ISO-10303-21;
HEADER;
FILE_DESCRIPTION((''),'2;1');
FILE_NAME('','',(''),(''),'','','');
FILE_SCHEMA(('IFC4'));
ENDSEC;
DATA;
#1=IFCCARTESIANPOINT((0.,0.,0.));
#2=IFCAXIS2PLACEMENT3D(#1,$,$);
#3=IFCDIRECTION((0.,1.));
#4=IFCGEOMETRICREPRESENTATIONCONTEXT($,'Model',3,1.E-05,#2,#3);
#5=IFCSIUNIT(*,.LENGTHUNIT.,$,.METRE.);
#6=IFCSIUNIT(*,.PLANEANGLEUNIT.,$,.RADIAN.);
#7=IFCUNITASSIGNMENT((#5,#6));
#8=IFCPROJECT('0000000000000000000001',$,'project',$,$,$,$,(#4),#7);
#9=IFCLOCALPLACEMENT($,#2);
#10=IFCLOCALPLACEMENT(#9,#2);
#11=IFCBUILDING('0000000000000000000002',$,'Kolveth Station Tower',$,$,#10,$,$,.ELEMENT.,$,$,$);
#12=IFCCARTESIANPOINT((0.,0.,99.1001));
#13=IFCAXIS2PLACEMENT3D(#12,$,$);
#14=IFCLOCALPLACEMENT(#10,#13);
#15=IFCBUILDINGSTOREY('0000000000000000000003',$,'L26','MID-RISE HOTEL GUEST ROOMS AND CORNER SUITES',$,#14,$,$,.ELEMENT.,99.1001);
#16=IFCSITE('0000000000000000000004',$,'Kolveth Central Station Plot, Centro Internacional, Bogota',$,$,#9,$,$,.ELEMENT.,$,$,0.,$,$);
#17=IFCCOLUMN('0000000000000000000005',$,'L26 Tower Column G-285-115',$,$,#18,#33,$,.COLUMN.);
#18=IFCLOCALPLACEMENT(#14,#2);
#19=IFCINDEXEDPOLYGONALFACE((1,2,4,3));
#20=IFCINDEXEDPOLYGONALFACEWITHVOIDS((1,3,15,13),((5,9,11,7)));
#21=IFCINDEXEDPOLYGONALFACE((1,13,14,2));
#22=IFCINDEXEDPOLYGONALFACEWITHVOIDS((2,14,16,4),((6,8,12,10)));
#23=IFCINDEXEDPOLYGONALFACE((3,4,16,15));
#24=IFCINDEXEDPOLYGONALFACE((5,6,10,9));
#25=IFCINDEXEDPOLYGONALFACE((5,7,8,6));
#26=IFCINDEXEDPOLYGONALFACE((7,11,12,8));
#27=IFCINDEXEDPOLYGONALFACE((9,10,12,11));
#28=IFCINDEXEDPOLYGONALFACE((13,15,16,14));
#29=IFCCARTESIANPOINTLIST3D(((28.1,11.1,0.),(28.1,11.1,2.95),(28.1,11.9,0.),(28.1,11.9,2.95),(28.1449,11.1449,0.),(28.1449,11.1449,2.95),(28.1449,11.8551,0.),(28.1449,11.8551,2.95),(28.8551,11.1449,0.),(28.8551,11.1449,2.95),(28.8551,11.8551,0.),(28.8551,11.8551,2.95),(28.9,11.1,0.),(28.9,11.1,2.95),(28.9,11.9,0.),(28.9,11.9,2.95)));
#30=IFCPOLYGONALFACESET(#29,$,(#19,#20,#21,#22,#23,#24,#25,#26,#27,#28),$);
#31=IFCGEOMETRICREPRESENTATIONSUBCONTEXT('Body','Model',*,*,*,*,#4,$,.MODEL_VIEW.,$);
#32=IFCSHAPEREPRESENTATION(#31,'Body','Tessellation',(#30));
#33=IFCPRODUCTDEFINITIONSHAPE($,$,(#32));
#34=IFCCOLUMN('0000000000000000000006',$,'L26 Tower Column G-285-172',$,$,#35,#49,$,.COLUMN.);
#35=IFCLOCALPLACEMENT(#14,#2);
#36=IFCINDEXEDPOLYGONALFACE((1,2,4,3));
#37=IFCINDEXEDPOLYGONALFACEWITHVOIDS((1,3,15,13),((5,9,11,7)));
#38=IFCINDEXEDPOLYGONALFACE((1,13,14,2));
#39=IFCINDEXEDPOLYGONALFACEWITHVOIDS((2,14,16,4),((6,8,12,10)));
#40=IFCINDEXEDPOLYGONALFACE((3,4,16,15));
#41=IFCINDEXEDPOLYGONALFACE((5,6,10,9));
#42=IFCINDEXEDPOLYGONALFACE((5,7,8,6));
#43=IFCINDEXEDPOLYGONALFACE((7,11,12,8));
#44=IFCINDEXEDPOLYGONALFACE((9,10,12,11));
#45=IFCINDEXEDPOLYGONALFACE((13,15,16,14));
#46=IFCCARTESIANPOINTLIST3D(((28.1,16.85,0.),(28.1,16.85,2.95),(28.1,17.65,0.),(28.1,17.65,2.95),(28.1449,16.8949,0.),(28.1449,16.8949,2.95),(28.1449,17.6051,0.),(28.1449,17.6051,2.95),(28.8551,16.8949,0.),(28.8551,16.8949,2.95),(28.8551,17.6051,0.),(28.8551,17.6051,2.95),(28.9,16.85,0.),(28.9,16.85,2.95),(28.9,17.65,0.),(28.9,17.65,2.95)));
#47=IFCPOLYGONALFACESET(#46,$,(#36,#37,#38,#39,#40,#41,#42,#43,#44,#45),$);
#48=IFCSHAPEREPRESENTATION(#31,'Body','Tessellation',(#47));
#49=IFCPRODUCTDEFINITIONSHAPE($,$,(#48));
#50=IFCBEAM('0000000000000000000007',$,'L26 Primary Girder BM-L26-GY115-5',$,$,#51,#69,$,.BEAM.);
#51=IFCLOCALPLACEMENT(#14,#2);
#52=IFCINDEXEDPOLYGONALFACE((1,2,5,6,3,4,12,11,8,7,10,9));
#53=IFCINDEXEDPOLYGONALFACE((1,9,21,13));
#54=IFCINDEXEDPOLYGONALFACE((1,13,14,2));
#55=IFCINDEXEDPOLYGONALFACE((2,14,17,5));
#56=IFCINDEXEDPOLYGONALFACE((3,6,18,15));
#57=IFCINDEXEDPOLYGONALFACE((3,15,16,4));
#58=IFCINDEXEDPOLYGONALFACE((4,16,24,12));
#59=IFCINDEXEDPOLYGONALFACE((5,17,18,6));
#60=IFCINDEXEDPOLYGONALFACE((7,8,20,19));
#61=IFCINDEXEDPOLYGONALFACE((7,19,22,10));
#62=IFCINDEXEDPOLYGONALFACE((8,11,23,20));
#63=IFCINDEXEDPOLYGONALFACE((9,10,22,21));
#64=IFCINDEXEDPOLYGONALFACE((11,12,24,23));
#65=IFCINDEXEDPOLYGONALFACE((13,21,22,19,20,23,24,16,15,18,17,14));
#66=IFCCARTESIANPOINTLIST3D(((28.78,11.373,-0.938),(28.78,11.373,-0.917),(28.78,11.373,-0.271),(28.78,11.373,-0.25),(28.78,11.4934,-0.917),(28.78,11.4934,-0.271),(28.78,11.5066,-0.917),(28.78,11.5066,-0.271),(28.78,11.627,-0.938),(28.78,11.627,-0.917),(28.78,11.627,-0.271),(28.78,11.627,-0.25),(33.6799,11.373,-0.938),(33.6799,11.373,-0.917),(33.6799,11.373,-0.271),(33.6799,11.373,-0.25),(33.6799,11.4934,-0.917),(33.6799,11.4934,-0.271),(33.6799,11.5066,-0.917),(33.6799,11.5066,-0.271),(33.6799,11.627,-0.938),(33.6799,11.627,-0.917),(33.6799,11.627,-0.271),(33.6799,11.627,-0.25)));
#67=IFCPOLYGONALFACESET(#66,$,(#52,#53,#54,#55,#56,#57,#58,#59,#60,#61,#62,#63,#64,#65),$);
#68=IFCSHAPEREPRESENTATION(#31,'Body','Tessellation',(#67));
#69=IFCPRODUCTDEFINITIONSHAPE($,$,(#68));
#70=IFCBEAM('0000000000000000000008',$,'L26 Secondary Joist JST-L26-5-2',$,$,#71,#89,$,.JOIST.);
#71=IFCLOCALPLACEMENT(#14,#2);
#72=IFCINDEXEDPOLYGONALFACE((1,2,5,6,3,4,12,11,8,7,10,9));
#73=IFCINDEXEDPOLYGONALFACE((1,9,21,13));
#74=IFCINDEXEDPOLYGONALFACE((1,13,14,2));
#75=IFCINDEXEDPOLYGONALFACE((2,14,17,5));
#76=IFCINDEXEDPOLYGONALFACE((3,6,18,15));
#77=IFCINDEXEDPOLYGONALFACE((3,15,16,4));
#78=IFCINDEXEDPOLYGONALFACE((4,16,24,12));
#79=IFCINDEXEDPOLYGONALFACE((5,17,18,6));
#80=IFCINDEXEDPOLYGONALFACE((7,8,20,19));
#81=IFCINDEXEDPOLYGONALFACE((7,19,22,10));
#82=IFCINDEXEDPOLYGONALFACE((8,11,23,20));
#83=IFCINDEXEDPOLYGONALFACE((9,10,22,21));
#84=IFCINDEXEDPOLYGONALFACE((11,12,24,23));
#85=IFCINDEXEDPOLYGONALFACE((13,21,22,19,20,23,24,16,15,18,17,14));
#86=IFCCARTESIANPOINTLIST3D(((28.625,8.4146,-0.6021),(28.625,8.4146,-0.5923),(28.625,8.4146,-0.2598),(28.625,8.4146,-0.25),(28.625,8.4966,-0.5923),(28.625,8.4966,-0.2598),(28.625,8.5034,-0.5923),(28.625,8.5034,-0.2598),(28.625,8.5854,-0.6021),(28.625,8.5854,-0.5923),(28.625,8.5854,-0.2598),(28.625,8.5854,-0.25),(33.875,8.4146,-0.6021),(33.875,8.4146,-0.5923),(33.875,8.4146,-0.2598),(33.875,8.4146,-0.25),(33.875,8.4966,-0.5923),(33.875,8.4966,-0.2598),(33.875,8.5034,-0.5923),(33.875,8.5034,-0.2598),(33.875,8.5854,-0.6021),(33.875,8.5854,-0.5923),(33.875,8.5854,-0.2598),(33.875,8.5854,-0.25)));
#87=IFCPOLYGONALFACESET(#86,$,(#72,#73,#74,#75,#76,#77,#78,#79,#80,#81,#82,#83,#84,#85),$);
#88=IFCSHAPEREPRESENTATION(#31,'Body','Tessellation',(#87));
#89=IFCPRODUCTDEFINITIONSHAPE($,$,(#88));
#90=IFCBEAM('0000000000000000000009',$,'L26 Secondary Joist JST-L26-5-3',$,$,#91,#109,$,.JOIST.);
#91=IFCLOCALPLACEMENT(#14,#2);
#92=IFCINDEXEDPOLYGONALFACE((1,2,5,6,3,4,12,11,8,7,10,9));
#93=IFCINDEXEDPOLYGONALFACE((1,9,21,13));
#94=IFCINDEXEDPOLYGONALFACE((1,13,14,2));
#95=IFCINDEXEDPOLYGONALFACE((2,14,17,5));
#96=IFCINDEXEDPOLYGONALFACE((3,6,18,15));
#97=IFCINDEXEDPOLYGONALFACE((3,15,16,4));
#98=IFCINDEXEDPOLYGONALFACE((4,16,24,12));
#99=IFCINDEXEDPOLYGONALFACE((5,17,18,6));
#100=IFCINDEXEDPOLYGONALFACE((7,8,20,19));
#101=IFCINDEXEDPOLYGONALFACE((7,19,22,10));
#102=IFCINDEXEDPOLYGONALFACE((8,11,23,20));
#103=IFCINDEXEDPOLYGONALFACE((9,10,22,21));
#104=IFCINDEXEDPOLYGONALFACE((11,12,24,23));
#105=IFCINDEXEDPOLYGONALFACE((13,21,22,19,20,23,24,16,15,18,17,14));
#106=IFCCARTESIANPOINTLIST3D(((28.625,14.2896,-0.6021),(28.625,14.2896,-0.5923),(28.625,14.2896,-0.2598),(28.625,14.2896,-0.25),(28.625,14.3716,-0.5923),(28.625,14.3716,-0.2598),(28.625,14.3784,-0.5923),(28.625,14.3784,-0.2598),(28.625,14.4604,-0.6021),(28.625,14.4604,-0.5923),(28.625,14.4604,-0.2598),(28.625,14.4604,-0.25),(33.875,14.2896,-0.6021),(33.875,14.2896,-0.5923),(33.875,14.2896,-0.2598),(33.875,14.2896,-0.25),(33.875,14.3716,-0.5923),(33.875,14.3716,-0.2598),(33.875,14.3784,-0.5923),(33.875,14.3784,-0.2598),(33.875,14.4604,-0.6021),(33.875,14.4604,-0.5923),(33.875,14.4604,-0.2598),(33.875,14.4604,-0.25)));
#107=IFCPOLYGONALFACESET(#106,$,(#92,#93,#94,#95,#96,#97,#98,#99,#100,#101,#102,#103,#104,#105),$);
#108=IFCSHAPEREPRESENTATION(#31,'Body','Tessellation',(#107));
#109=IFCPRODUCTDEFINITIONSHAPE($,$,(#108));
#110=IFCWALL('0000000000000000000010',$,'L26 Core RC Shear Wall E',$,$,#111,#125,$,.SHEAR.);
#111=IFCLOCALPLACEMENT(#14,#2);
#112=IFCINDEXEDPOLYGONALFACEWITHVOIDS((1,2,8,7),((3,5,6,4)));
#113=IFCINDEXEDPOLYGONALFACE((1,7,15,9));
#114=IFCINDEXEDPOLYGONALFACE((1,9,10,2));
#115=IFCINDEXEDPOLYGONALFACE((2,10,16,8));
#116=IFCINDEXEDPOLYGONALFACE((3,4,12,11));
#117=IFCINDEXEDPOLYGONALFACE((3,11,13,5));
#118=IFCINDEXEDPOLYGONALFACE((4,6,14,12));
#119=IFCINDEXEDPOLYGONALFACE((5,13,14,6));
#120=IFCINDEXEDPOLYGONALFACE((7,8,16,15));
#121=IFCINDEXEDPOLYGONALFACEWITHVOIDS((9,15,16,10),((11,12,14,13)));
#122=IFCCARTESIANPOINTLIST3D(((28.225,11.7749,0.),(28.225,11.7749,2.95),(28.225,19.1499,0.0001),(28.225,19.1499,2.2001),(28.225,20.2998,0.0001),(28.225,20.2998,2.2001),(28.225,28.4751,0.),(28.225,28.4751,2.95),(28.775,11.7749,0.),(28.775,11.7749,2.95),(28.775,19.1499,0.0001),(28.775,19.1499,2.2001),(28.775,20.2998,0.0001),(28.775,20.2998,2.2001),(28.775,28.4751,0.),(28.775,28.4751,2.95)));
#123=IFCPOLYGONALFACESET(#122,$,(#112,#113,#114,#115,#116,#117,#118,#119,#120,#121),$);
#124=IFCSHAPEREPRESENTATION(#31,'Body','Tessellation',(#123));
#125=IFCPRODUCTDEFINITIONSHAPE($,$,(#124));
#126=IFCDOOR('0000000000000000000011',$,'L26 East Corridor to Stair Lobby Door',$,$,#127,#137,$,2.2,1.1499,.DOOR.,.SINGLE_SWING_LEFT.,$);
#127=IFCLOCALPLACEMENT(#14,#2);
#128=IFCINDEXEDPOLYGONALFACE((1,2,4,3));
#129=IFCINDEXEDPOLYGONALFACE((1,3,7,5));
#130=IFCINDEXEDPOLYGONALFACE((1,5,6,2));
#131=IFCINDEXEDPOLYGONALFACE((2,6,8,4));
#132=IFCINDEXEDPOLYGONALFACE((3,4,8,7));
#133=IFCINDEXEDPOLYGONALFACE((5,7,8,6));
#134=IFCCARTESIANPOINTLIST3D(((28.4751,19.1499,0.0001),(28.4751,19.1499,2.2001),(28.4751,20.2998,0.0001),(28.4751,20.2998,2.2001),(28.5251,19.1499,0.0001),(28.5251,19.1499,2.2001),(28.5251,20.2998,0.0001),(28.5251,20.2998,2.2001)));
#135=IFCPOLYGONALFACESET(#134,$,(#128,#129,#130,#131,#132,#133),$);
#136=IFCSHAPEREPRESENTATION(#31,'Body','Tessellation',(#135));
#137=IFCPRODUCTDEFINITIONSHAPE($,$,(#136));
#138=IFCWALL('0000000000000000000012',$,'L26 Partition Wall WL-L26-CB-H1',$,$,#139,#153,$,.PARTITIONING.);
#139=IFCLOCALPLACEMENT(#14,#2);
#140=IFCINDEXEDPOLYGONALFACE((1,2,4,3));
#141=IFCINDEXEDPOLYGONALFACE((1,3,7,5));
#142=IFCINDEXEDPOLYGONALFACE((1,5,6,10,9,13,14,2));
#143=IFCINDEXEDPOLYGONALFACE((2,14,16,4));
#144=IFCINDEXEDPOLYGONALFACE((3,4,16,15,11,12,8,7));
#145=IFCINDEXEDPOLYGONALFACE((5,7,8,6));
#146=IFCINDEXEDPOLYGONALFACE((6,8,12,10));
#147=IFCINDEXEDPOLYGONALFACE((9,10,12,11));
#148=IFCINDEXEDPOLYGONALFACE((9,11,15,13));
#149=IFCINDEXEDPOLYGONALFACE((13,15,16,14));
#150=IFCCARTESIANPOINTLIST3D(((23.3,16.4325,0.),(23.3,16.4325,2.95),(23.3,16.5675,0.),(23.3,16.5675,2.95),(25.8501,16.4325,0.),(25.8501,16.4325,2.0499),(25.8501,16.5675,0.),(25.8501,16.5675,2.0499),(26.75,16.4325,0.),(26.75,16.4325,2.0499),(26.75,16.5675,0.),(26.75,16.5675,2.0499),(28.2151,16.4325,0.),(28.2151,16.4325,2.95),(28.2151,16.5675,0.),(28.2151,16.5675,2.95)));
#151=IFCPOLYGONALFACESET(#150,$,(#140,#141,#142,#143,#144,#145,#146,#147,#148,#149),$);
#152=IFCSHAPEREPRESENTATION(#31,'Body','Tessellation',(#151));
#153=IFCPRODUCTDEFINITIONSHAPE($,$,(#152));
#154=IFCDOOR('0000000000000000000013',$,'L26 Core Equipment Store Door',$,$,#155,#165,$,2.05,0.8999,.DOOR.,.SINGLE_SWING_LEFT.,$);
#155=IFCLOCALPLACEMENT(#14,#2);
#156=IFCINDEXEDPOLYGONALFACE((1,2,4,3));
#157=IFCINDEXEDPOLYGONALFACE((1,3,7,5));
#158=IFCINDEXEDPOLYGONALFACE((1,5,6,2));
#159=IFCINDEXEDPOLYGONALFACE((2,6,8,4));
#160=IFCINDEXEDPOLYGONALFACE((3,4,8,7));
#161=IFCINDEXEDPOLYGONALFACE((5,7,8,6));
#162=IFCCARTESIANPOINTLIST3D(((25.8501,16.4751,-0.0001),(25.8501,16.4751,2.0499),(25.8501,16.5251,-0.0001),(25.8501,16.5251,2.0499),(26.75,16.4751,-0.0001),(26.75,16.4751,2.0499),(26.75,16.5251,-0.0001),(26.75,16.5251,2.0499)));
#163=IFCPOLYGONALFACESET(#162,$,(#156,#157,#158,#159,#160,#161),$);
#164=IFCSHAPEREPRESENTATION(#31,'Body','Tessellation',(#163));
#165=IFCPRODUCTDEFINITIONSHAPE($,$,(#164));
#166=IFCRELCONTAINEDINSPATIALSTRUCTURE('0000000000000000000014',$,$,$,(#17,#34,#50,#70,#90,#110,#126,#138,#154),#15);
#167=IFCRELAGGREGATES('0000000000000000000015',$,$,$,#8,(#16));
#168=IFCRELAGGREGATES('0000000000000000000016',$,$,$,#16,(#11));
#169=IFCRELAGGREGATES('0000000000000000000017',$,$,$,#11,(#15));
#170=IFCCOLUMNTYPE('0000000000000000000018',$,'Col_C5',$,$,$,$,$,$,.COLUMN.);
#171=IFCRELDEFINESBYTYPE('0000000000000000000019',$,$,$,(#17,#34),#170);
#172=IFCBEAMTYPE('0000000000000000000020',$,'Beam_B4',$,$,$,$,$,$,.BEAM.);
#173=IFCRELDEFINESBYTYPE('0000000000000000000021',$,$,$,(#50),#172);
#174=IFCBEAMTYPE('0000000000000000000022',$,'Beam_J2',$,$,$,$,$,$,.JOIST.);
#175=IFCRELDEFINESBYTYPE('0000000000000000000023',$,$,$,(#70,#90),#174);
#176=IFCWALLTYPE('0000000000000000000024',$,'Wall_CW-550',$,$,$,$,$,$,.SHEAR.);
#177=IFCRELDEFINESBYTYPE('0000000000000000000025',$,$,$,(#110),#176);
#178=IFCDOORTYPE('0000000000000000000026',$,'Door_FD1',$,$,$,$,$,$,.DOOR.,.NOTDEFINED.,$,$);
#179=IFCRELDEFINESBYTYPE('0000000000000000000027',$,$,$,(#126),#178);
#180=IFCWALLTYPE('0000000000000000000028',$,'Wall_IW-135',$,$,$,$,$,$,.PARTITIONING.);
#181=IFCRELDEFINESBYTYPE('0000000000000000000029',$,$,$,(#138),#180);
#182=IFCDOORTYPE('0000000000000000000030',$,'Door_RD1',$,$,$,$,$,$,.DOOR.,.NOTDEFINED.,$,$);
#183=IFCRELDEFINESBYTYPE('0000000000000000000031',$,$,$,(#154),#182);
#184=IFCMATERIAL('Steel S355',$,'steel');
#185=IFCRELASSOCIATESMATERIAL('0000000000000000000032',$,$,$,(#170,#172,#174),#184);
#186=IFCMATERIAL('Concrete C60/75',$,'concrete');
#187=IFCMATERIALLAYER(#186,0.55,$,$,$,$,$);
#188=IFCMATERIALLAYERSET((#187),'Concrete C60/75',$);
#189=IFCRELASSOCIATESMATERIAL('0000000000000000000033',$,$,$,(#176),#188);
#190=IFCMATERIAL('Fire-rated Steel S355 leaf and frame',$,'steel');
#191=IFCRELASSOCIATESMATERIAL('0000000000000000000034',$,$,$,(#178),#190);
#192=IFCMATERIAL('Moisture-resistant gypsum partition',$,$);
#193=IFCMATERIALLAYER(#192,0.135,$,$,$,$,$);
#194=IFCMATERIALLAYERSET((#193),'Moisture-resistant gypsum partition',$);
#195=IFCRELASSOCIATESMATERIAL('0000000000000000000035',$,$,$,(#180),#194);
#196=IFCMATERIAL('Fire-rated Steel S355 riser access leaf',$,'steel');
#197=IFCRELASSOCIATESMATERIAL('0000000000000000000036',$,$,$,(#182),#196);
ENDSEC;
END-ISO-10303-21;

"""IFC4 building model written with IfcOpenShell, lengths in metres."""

from ifc_helpers import new_model, si_unit, direction, frame, frame_2d, origin, origin_2d, place, context, subcontext, project, spatial, rectangle, hollow_rectangle, i_section, extrude, source, transform, mapped, material, layer, layer_set, material_profile, profile_set, type_object, element, fill, save


model = new_model("IFC4")

# Units and contexts
model_context = context("Model", 3, precision=1e-05, world=origin(), true_north=direction((0.0, 1.0)))
body_context = subcontext(model_context, "Body", "Model", "MODEL_VIEW")
ifc_project = project(units=[si_unit("LENGTHUNIT", "METRE"), si_unit("PLANEANGLEUNIT", "RADIAN")], contexts=[model_context])

# Site, building, storey
site_placement = place(None, origin())
site = spatial("IfcSite", under=ifc_project, at=site_placement, Name="Kolveth Central Station Plot, Centro Internacional, Bogota", CompositionType="ELEMENT", RefElevation=0.0)
building_placement = place(site_placement, origin())
building = spatial("IfcBuilding", under=site, at=building_placement, Name="Kolveth Station Tower", CompositionType="ELEMENT")
storey_placement = place(building_placement, frame((0.0, 0.0, 99.1001)))
storey = spatial("IfcBuildingStorey", under=building, at=storey_placement, Name="L26", Description="MID-RISE HOTEL GUEST ROOMS AND CORNER SUITES", CompositionType="ELEMENT", Elevation=99.1001)

# Columns
ifc_material_1 = material(Name="Steel S355", Category="steel")
ifc_material_profile_1 = material_profile(ifc_material_1, hollow_rectangle(XDim=0.8, YDim=0.8, WallThickness=0.0449, at=origin_2d()), Name="BOX800x800x45")
ifc_profile_set_1 = profile_set([ifc_material_profile_1], Name="Steel S355")
column_type = type_object("IfcColumnType", Name="Col_C5", PredefinedType="COLUMN", material=ifc_profile_set_1)
shared_shape_1 = source(origin(), body_context, "Body", "SweptSolid", [
    extrude(hollow_rectangle(XDim=0.8, YDim=0.8, WallThickness=0.0449, at=origin_2d()), origin(), (0.0, 0.0, 1.0), 2.95),
])
for number, where, z_axis, x_axis, name in (
    (1, (28.5, 11.5, 0.0), (0.0, 0.0, 1.0), (1.0, 0.0, 0.0), "L26 Tower Column G-285-115"),
    (2, (28.5, 17.25, 0.0), (0.0, 0.0, 1.0), (1.0, 0.0, 0.0), "L26 Tower Column G-285-172"),
):
    element("IfcColumn", number, at=place(storey_placement, frame(where, z_axis=z_axis, x_axis=x_axis)), inside=storey, type_object=column_type, Name=name, PredefinedType="COLUMN", context=body_context, shape_type="MappedRepresentation", body=[
        mapped(shared_shape_1, transform((0.0, 0.0, 0.0), x_axis=(1.0, 0.0, 0.0), y_axis=(0.0, 1.0, 0.0), z_axis=(0.0, 0.0, 1.0), scale=1.0)),
    ])

# Beams
ifc_material_profile_2 = material_profile(ifc_material_1, i_section(OverallWidth=0.2539, OverallDepth=0.688, WebThickness=0.0132, FlangeThickness=0.021, at=origin_2d()), Name="W690x152")
ifc_profile_set_2 = profile_set([ifc_material_profile_2], Name="Steel S355")
beam_type_1 = type_object("IfcBeamType", Name="Beam_B4", PredefinedType="BEAM", material=ifc_profile_set_2)
shared_shape_2 = source(origin(), body_context, "Body", "SweptSolid", [
    extrude(i_section(OverallWidth=0.2539, OverallDepth=0.688, WebThickness=0.0132, FlangeThickness=0.021, at=origin_2d()), origin(), (0.0, 0.0, 1.0), 4.8999),
])
beam_placement = place(storey_placement, frame((28.78, 11.5, -0.594), z_axis=(1.0, 0.0, 0.0), x_axis=(0.0, 1.0, 0.0)))
element("IfcBeam", 3, at=beam_placement, inside=storey, type_object=beam_type_1, Name="L26 Primary Girder BM-L26-GY115-5", PredefinedType="BEAM", context=body_context, shape_type="MappedRepresentation", body=[
    mapped(shared_shape_2, transform((0.0, 0.0, 0.0), x_axis=(1.0, 0.0, 0.0), y_axis=(0.0, 1.0, 0.0), z_axis=(0.0, 0.0, 1.0), scale=1.0)),
])
ifc_material_profile_3 = material_profile(ifc_material_1, i_section(OverallWidth=0.1709, OverallDepth=0.3521, WebThickness=0.0068, FlangeThickness=0.0098, at=origin_2d()), Name="W360x44")
ifc_profile_set_3 = profile_set([ifc_material_profile_3], Name="Steel S355")
beam_type_2 = type_object("IfcBeamType", Name="Beam_J2", PredefinedType="JOIST", material=ifc_profile_set_3)
shared_shape_3 = source(origin(), body_context, "Body", "SweptSolid", [
    extrude(i_section(OverallWidth=0.1709, OverallDepth=0.3521, WebThickness=0.0068, FlangeThickness=0.0098, at=origin_2d()), origin(), (0.0, 0.0, 1.0), 5.25),
])
for number, where, z_axis, x_axis, name in (
    (4, (28.625, 8.5, -0.426), (1.0, 0.0, 0.0), (0.0, 1.0, 0.0), "L26 Secondary Joist JST-L26-5-2"),
    (5, (28.625, 14.375, -0.426), (1.0, 0.0, 0.0), (0.0, 1.0, 0.0), "L26 Secondary Joist JST-L26-5-3"),
):
    element("IfcBeam", number, at=place(storey_placement, frame(where, z_axis=z_axis, x_axis=x_axis)), inside=storey, type_object=beam_type_2, Name=name, PredefinedType="JOIST", context=body_context, shape_type="MappedRepresentation", body=[
        mapped(shared_shape_3, transform((0.0, 0.0, 0.0), x_axis=(1.0, 0.0, 0.0), y_axis=(0.0, 1.0, 0.0), z_axis=(0.0, 0.0, 1.0), scale=1.0)),
    ])

# Walls, openings, doors
ifc_material_2 = material(Name="Concrete C60/75", Category="concrete")
ifc_layer_1 = layer(ifc_material_2, 0.55)
ifc_layer_set_1 = layer_set([ifc_layer_1], Name="Concrete C60/75")
wall_type_1 = type_object("IfcWallType", Name="Wall_CW-550", PredefinedType="SHEAR", material=ifc_layer_set_1)
wall_1_placement = place(storey_placement, frame((28.5, 11.7749, 0.0), z_axis=(0.0, 0.0, 1.0), x_axis=(0.0, 1.0, 0.0)))
wall_1 = element("IfcWall", 6, at=wall_1_placement, inside=storey, type_object=wall_type_1, Name="L26 Core RC Shear Wall E", PredefinedType="SHEAR", context=body_context, shape_type="SweptSolid", body=[
    extrude(rectangle(XDim=16.7002, YDim=0.55, at=frame_2d((8.3501, 0.0))), origin(), (0.0, 0.0, 1.0), 2.95),
])
opening_1_placement = place(wall_1_placement, frame((7.375, 0.0, 0.0)))
opening_1 = element("IfcOpeningElement", 7, at=opening_1_placement, cuts=wall_1, PredefinedType="OPENING", context=body_context, shape_type="SweptSolid", body=[
    extrude(rectangle(XDim=1.1499, YDim=2.2, at=frame_2d((0.575, 1.1001))), frame((0.0, 0.2849, 0.0), z_axis=(0.0, -1.0, 0.0), x_axis=(1.0, 0.0, 0.0)), (0.0, 0.0, 1.0), 0.5701),
])
ifc_material_3 = material(Name="Fire-rated Steel S355 leaf and frame", Category="steel")
door_type_1 = type_object("IfcDoorType", Name="Door_FD1", OperationType="NOTDEFINED", PredefinedType="DOOR", material=ifc_material_3)
door_1_placement = place(opening_1_placement, origin())
door_1 = element("IfcDoor", 8, at=door_1_placement, inside=storey, type_object=door_type_1, Name="L26 East Corridor to Stair Lobby Door", OperationType="SINGLE_SWING_LEFT", OverallHeight=2.2, OverallWidth=1.1499, PredefinedType="DOOR", context=body_context, shape_type="SweptSolid", body=[
    extrude(rectangle(XDim=1.1499, YDim=2.2, at=frame_2d((0.575, 1.1001))), frame((0.0, 0.0249, 0.0), z_axis=(0.0, -1.0, 0.0), x_axis=(1.0, 0.0, 0.0)), (0.0, 0.0, 1.0), 0.05),
])
fill(opening_1, door_1)
ifc_material_4 = material(Name="Moisture-resistant gypsum partition")
ifc_layer_2 = layer(ifc_material_4, 0.135)
ifc_layer_set_2 = layer_set([ifc_layer_2], Name="Moisture-resistant gypsum partition")
wall_type_2 = type_object("IfcWallType", Name="Wall_IW-135", PredefinedType="PARTITIONING", material=ifc_layer_set_2)
wall_2_placement = place(storey_placement, frame((23.3, 16.5, 0.0), z_axis=(0.0, 0.0, 1.0), x_axis=(1.0, 0.0, 0.0)))
wall_2 = element("IfcWall", 9, at=wall_2_placement, inside=storey, type_object=wall_type_2, Name="L26 Partition Wall WL-L26-CB-H1", PredefinedType="PARTITIONING", context=body_context, shape_type="SweptSolid", body=[
    extrude(rectangle(XDim=4.915, YDim=0.135, at=frame_2d((2.4575, 0.0))), origin(), (0.0, 0.0, 1.0), 2.95),
])
opening_2_placement = place(wall_2_placement, frame((2.55, 0.0, 0.0)))
opening_2 = element("IfcOpeningElement", 10, at=opening_2_placement, cuts=wall_2, PredefinedType="OPENING", context=body_context, shape_type="SweptSolid", body=[
    extrude(rectangle(XDim=0.8999, YDim=2.05, at=frame_2d((0.45, 1.0249))), frame((0.0, 0.0774, 0.0), z_axis=(0.0, -1.0, 0.0), x_axis=(1.0, 0.0, 0.0)), (0.0, 0.0, 1.0), 0.155),
])
ifc_material_5 = material(Name="Fire-rated Steel S355 riser access leaf", Category="steel")
door_type_2 = type_object("IfcDoorType", Name="Door_RD1", OperationType="NOTDEFINED", PredefinedType="DOOR", material=ifc_material_5)
door_2_placement = place(opening_2_placement, frame((0.8999, 0.0, 0.0), z_axis=(0.0, 0.0, 1.0), x_axis=(-1.0, 0.0, 0.0)))
door_2 = element("IfcDoor", 11, at=door_2_placement, inside=storey, type_object=door_type_2, Name="L26 Core Equipment Store Door", OperationType="SINGLE_SWING_LEFT", OverallHeight=2.05, OverallWidth=0.8999, PredefinedType="DOOR", context=body_context, shape_type="SweptSolid", body=[
    extrude(rectangle(XDim=0.8999, YDim=2.05, at=frame_2d((0.45, 1.0249))), frame((0.0, 0.0249, 0.0), z_axis=(0.0, -1.0, 0.0), x_axis=(1.0, 0.0, 0.0)), (0.0, 0.0, 1.0), 0.05),
])
fill(opening_2, door_2)

save(model, "model.ifc")
